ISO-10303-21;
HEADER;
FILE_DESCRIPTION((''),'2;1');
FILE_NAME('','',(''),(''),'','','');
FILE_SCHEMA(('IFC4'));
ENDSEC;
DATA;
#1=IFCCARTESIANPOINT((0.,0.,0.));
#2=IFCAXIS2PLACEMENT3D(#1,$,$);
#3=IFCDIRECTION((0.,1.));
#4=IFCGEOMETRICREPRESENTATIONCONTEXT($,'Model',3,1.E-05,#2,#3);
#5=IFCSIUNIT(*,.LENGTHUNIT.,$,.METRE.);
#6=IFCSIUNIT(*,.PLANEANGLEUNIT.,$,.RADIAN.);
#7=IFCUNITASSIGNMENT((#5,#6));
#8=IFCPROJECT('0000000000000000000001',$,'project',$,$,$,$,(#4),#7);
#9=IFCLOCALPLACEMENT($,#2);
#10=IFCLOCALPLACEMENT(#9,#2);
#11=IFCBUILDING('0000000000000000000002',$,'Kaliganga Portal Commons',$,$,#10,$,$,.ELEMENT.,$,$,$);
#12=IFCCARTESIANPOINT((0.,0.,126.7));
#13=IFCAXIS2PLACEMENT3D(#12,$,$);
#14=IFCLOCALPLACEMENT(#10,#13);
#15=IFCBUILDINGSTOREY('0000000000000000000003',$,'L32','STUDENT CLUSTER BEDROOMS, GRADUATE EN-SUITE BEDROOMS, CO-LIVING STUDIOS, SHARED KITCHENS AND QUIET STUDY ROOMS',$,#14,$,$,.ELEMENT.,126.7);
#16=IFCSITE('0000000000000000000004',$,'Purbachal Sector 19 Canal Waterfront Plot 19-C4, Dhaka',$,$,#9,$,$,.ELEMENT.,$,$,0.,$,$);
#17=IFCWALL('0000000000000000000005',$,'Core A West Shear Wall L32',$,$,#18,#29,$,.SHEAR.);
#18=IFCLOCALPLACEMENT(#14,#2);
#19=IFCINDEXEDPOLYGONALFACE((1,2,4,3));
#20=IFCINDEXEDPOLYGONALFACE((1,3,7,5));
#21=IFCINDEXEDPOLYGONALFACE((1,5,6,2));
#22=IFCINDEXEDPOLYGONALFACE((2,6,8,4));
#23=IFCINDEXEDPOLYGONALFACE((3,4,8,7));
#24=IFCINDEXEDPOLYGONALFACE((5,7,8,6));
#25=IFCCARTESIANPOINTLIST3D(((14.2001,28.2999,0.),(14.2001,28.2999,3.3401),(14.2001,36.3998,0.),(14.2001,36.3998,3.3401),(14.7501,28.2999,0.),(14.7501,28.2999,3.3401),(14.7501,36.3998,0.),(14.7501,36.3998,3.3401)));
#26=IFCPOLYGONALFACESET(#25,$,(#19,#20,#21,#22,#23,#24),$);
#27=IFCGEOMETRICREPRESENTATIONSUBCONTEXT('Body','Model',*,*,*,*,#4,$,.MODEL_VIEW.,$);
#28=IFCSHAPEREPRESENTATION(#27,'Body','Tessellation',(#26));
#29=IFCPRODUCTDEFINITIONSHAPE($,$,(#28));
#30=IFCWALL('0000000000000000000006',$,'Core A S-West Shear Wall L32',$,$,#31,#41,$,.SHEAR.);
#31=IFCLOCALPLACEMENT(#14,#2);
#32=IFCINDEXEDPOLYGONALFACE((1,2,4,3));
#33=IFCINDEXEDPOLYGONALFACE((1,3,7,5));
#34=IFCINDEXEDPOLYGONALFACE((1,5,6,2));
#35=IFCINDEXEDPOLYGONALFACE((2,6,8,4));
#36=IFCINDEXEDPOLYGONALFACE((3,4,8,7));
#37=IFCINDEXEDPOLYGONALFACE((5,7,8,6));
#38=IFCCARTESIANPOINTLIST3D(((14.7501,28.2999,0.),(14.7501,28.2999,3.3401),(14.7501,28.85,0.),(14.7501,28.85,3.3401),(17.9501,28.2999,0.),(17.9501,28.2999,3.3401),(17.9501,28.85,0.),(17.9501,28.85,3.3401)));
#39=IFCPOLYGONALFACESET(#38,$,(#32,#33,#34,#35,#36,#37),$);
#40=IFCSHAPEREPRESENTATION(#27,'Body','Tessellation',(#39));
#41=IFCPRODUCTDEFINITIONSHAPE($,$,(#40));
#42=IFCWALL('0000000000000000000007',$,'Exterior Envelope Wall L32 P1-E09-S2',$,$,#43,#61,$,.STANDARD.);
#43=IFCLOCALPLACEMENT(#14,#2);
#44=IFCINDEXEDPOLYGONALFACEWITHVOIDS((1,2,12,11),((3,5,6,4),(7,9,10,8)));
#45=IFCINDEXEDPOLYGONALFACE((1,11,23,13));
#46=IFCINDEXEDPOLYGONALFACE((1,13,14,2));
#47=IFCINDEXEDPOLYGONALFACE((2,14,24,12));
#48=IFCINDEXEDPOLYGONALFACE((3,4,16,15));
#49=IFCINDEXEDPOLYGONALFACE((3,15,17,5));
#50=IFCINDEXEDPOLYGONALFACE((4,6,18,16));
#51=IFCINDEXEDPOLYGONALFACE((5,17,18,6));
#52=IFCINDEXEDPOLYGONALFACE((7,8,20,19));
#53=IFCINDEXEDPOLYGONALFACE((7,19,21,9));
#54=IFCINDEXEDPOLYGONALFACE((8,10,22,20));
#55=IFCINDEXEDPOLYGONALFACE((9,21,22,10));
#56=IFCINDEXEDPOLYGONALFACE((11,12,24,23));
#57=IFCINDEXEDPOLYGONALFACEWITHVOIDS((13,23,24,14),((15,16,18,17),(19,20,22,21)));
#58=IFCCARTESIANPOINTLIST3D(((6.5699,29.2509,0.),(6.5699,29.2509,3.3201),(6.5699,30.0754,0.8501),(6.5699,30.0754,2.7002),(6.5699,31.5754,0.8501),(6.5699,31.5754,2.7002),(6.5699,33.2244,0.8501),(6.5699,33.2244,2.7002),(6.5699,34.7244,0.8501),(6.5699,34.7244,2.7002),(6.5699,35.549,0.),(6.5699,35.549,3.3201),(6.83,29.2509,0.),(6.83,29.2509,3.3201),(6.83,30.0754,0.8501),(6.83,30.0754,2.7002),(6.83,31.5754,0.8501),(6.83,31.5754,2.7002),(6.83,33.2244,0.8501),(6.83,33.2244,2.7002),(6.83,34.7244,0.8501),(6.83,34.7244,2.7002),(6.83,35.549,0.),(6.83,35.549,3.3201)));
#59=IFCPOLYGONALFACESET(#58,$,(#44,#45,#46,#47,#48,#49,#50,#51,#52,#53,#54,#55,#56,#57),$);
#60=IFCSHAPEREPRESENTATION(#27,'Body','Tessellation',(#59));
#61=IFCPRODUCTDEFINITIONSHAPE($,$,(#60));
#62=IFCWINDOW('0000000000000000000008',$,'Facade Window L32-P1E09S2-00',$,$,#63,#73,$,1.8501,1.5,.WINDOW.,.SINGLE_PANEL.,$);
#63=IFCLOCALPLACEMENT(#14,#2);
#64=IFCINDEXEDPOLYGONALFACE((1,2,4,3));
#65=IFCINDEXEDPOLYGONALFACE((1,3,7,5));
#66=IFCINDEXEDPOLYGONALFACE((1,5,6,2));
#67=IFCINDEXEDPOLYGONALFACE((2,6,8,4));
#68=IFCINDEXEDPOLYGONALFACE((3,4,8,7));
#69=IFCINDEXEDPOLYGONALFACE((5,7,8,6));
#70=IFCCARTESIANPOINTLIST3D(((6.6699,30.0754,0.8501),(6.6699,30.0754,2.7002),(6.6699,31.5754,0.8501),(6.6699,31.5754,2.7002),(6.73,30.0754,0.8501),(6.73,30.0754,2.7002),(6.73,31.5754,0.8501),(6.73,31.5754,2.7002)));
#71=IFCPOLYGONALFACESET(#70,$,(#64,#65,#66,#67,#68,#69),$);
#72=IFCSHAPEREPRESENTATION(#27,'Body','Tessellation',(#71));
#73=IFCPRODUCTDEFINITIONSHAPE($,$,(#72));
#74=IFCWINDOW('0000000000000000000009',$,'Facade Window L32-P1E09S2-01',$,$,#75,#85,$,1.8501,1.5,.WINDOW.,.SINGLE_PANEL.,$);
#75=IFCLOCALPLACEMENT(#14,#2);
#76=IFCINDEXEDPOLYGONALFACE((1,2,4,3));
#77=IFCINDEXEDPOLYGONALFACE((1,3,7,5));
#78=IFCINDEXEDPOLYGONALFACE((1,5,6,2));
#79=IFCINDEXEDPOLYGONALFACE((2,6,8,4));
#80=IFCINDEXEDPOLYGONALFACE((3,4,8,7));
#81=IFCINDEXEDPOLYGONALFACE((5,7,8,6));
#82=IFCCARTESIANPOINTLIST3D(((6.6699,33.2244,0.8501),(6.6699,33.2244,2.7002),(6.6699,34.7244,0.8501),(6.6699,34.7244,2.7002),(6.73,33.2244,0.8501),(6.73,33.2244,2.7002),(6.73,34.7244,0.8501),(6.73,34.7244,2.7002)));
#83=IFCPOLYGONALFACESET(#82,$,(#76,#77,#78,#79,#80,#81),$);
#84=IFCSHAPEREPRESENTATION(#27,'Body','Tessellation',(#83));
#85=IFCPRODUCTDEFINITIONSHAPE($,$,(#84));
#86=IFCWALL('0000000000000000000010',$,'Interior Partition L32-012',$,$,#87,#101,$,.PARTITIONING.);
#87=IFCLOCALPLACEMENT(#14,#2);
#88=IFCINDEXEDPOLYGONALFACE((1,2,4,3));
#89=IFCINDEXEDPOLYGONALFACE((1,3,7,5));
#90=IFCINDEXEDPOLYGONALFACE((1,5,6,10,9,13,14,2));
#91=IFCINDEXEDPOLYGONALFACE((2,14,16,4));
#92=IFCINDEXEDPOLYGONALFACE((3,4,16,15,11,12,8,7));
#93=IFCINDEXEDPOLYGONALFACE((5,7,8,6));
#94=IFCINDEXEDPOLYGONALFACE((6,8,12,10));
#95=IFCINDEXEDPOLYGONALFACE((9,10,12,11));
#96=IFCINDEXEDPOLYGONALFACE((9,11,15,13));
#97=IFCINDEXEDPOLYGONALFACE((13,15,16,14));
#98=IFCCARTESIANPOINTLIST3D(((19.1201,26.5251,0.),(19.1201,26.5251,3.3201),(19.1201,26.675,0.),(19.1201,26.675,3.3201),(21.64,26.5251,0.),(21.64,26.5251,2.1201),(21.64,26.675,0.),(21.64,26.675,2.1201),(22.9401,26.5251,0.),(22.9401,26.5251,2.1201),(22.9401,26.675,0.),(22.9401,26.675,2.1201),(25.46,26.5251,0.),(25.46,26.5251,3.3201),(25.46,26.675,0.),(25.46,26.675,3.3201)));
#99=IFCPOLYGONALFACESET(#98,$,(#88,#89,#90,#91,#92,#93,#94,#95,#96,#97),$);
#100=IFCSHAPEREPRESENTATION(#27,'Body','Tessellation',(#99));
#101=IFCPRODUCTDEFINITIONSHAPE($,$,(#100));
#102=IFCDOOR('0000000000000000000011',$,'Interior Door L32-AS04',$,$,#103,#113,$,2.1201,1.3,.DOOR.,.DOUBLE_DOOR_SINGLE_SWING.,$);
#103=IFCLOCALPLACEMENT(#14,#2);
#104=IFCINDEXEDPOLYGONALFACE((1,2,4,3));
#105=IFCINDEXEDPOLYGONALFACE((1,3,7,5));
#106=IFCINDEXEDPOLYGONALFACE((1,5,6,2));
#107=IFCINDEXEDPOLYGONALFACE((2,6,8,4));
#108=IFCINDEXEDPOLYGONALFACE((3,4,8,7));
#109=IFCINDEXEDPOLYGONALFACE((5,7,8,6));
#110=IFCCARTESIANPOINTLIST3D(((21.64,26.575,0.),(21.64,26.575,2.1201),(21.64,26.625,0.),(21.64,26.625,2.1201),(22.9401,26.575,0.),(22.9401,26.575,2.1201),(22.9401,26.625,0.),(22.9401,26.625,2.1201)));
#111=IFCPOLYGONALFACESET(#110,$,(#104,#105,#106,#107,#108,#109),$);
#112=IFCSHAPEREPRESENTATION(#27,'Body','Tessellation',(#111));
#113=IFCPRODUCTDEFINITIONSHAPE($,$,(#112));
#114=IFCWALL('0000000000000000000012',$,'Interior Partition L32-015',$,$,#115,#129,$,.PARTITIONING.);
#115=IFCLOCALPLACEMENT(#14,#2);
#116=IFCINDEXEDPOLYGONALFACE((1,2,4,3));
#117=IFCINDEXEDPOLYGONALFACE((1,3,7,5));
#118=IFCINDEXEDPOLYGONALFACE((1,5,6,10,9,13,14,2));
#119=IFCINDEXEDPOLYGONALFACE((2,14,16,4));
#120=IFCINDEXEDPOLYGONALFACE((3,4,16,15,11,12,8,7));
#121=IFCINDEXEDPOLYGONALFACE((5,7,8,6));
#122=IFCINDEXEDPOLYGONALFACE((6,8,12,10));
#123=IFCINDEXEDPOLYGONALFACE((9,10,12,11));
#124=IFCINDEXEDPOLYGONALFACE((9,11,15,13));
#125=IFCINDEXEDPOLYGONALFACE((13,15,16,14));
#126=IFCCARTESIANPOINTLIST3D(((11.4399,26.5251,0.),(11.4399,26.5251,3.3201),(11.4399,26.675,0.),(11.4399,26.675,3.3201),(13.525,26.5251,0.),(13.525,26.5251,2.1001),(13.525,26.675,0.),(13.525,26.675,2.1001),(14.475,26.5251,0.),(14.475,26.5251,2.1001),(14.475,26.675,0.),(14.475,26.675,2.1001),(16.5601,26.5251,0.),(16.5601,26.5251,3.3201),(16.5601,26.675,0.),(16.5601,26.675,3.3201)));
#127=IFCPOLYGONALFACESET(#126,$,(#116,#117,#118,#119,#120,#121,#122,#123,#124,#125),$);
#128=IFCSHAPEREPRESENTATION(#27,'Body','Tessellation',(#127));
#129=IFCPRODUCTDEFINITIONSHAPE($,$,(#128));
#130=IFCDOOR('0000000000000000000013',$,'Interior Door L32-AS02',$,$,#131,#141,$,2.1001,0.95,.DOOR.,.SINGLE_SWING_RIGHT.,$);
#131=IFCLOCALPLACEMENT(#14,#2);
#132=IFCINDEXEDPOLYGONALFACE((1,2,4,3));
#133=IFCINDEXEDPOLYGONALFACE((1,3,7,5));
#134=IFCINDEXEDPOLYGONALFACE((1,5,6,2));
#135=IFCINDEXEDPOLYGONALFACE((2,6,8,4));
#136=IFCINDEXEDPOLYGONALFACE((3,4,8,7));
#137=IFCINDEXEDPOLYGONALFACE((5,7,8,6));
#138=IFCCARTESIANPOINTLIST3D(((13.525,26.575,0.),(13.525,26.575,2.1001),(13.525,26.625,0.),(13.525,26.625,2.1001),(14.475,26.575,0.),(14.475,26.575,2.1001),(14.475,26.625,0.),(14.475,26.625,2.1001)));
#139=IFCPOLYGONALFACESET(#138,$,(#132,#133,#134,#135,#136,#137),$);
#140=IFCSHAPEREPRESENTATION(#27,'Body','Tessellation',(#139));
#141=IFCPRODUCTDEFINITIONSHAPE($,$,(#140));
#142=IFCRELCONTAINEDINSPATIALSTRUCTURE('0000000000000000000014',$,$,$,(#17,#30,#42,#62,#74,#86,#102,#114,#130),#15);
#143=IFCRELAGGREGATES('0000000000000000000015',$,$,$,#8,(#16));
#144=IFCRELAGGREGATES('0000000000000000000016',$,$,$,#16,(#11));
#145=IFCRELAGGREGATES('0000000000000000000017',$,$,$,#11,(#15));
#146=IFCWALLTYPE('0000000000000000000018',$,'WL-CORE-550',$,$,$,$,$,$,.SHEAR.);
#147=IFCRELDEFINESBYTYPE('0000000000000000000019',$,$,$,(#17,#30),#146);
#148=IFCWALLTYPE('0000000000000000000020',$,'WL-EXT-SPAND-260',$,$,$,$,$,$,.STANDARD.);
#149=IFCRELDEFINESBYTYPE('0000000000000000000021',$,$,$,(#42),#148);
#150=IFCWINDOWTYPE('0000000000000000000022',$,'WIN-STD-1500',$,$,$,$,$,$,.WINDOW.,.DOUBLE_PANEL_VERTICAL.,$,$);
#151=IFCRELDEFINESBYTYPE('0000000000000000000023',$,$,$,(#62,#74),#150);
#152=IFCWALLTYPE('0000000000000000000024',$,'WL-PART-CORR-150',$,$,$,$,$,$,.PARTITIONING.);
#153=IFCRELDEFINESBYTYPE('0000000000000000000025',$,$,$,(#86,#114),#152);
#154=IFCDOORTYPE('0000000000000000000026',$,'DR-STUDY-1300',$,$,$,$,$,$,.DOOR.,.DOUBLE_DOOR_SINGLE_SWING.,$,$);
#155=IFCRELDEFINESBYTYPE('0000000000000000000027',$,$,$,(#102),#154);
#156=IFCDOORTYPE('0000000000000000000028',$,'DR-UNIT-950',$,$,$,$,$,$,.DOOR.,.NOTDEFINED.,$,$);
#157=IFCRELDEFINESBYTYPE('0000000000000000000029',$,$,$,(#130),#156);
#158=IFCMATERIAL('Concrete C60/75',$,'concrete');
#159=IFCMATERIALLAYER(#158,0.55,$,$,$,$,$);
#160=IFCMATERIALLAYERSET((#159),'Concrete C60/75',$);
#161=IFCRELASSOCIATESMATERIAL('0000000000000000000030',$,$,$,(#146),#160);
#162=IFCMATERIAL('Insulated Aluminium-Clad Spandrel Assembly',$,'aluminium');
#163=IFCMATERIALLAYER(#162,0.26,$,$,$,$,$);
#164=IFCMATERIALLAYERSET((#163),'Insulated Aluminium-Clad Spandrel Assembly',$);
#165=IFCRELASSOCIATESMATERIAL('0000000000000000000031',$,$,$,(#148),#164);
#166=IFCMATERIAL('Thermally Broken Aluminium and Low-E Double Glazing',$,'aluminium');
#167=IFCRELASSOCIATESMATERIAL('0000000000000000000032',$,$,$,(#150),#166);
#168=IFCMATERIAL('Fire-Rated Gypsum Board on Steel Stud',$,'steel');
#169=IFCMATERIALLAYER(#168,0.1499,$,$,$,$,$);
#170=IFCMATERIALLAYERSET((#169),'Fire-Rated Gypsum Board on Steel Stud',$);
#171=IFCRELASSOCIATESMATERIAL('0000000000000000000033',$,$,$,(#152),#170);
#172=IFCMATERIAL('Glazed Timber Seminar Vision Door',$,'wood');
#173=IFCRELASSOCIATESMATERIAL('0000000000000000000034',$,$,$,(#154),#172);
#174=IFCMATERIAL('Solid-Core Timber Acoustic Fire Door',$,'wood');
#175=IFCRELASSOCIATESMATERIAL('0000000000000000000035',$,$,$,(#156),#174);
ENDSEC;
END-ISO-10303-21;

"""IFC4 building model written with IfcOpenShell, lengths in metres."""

from ifc_helpers import new_model, si_unit, direction, frame, frame_2d, origin, place, context, subcontext, project, spatial, rectangle, extrude, material, layer, layer_set, type_object, element, fill, save


model = new_model("IFC4")

# Units and contexts
model_context = context("Model", 3, precision=1e-05, world=origin(), true_north=direction((0.0, 1.0)))
body_context = subcontext(model_context, "Body", "Model", "MODEL_VIEW")
ifc_project = project(units=[si_unit("LENGTHUNIT", "METRE"), si_unit("PLANEANGLEUNIT", "RADIAN")], contexts=[model_context])

# Site, building, storey
site_placement = place(None, origin())
site = spatial("IfcSite", under=ifc_project, at=site_placement, Name="Purbachal Sector 19 Canal Waterfront Plot 19-C4, Dhaka", CompositionType="ELEMENT", RefElevation=0.0)
building_placement = place(site_placement, origin())
building = spatial("IfcBuilding", under=site, at=building_placement, Name="Kaliganga Portal Commons", CompositionType="ELEMENT")
storey_placement = place(building_placement, frame((0.0, 0.0, 126.7)))
storey = spatial("IfcBuildingStorey", under=building, at=storey_placement, Name="L32", Description="STUDENT CLUSTER BEDROOMS, GRADUATE EN-SUITE BEDROOMS, CO-LIVING STUDIOS, SHARED KITCHENS AND QUIET STUDY ROOMS", CompositionType="ELEMENT", Elevation=126.7)

# Shared definitions
ifc_material_1 = material(Name="Concrete C60/75", Category="concrete")

# Walls
ifc_layer_1 = layer(ifc_material_1, 0.55)
ifc_layer_set_1 = layer_set([ifc_layer_1], Name="Concrete C60/75")
wall_type_1 = type_object("IfcWallType", Name="WL-CORE-550", PredefinedType="SHEAR", material=ifc_layer_set_1)
wall_1_placement = place(storey_placement, frame((14.4751, 28.3, 0.0), z_axis=(0.0, 0.0, 1.0), x_axis=(0.0, 1.0, 0.0)))
element("IfcWall", 1, at=wall_1_placement, inside=storey, type_object=wall_type_1, Name="Core A West Shear Wall L32", PredefinedType="SHEAR", context=body_context, shape_type="SweptSolid", body=[
    extrude(rectangle(XDim=8.0999, YDim=0.55, at=frame_2d((4.0498, 0.0))), origin(), (0.0, 0.0, 1.0), 3.3401),
])
wall_2_placement = place(storey_placement, frame((14.75, 28.575, 0.0), z_axis=(0.0, 0.0, 1.0), x_axis=(1.0, 0.0, 0.0)))
element("IfcWall", 2, at=wall_2_placement, inside=storey, type_object=wall_type_1, Name="Core A S-West Shear Wall L32", PredefinedType="SHEAR", context=body_context, shape_type="SweptSolid", body=[
    extrude(rectangle(XDim=3.2, YDim=0.55, at=frame_2d((1.6001, 0.0))), origin(), (0.0, 0.0, 1.0), 3.3401),
])

# Wall, openings, windows
ifc_material_2 = material(Name="Insulated Aluminium-Clad Spandrel Assembly", Category="aluminium")
ifc_layer_2 = layer(ifc_material_2, 0.26)
ifc_layer_set_2 = layer_set([ifc_layer_2], Name="Insulated Aluminium-Clad Spandrel Assembly")
wall_type_2 = type_object("IfcWallType", Name="WL-EXT-SPAND-260", PredefinedType="STANDARD", material=ifc_layer_set_2)
wall_3_placement = place(storey_placement, frame((6.7, 29.251, 0.0), z_axis=(0.0, 0.0, 1.0), x_axis=(0.0, 1.0, 0.0)))
wall_3 = element("IfcWall", 3, at=wall_3_placement, inside=storey, type_object=wall_type_2, Name="Exterior Envelope Wall L32 P1-E09-S2", PredefinedType="STANDARD", context=body_context, shape_type="SweptSolid", body=[
    extrude(rectangle(XDim=6.2981, YDim=0.26, at=frame_2d((3.1489, 0.0))), origin(), (0.0, 0.0, 1.0), 3.3201),
])
opening_1_placement = place(wall_3_placement, frame((0.8245, 0.0, 0.8501)))
opening_1 = element("IfcOpeningElement", 4, at=opening_1_placement, cuts=wall_3, PredefinedType="OPENING", context=body_context, shape_type="SweptSolid", body=[
    extrude(rectangle(XDim=1.5, YDim=1.8501, at=frame_2d((0.75, 0.925))), frame((0.0, 0.1401, 0.0), z_axis=(0.0, -1.0, 0.0), x_axis=(1.0, 0.0, 0.0)), (0.0, 0.0, 1.0), 0.28),
])
opening_2_placement = place(wall_3_placement, frame((3.9734, 0.0, 0.8501)))
opening_2 = element("IfcOpeningElement", 5, at=opening_2_placement, cuts=wall_3, PredefinedType="OPENING", context=body_context, shape_type="SweptSolid", body=[
    extrude(rectangle(XDim=1.5, YDim=1.8501, at=frame_2d((0.75, 0.925))), frame((0.0, 0.1401, 0.0), z_axis=(0.0, -1.0, 0.0), x_axis=(1.0, 0.0, 0.0)), (0.0, 0.0, 1.0), 0.28),
])
ifc_material_3 = material(Name="Thermally Broken Aluminium and Low-E Double Glazing", Category="aluminium")
window_type = type_object("IfcWindowType", Name="WIN-STD-1500", PartitioningType="DOUBLE_PANEL_VERTICAL", PredefinedType="WINDOW", material=ifc_material_3)
window_1_placement = place(opening_1_placement, origin())
window_1 = element("IfcWindow", 6, at=window_1_placement, inside=storey, type_object=window_type, Name="Facade Window L32-P1E09S2-00", OverallHeight=1.8501, OverallWidth=1.5, PartitioningType="SINGLE_PANEL", PredefinedType="WINDOW", context=body_context, shape_type="SweptSolid", body=[
    extrude(rectangle(XDim=1.5, YDim=1.8501, at=frame_2d((0.75, 0.925))), frame((0.0, 0.03, 0.0), z_axis=(0.0, -1.0, 0.0), x_axis=(1.0, 0.0, 0.0)), (0.0, 0.0, 1.0), 0.0601),
])
fill(opening_1, window_1)
window_2_placement = place(opening_2_placement, origin())
window_2 = element("IfcWindow", 7, at=window_2_placement, inside=storey, type_object=window_type, Name="Facade Window L32-P1E09S2-01", OverallHeight=1.8501, OverallWidth=1.5, PartitioningType="SINGLE_PANEL", PredefinedType="WINDOW", context=body_context, shape_type="SweptSolid", body=[
    extrude(rectangle(XDim=1.5, YDim=1.8501, at=frame_2d((0.75, 0.925))), frame((0.0, 0.03, 0.0), z_axis=(0.0, -1.0, 0.0), x_axis=(1.0, 0.0, 0.0)), (0.0, 0.0, 1.0), 0.0601),
])
fill(opening_2, window_2)

# Walls, openings, doors
ifc_material_4 = material(Name="Fire-Rated Gypsum Board on Steel Stud", Category="steel")
ifc_layer_3 = layer(ifc_material_4, 0.1499)
ifc_layer_set_3 = layer_set([ifc_layer_3], Name="Fire-Rated Gypsum Board on Steel Stud")
wall_type_3 = type_object("IfcWallType", Name="WL-PART-CORR-150", PredefinedType="PARTITIONING", material=ifc_layer_set_3)
wall_4_placement = place(storey_placement, frame((19.1201, 26.6001, 0.0), z_axis=(0.0, 0.0, 1.0), x_axis=(1.0, 0.0, 0.0)))
wall_4 = element("IfcWall", 8, at=wall_4_placement, inside=storey, type_object=wall_type_3, Name="Interior Partition L32-012", PredefinedType="PARTITIONING", context=body_context, shape_type="SweptSolid", body=[
    extrude(rectangle(XDim=6.3398, YDim=0.1499, at=frame_2d((3.1699, 0.0))), origin(), (0.0, 0.0, 1.0), 3.3201),
])
opening_3_placement = place(wall_4_placement, frame((2.52, 0.0, 0.0)))
opening_3 = element("IfcOpeningElement", 9, at=opening_3_placement, cuts=wall_4, PredefinedType="OPENING", context=body_context, shape_type="SweptSolid", body=[
    extrude(rectangle(XDim=1.3, YDim=2.1201, at=frame_2d((0.6499, 1.0601))), frame((0.0, 0.085, 0.0), z_axis=(0.0, -1.0, 0.0), x_axis=(1.0, 0.0, 0.0)), (0.0, 0.0, 1.0), 0.1699),
])
ifc_material_5 = material(Name="Glazed Timber Seminar Vision Door", Category="wood")
door_type_1 = type_object("IfcDoorType", Name="DR-STUDY-1300", OperationType="DOUBLE_DOOR_SINGLE_SWING", PredefinedType="DOOR", material=ifc_material_5)
door_1_placement = place(opening_3_placement, origin())
door_1 = element("IfcDoor", 10, at=door_1_placement, inside=storey, type_object=door_type_1, Name="Interior Door L32-AS04", OperationType="DOUBLE_DOOR_SINGLE_SWING", OverallHeight=2.1201, OverallWidth=1.3, PredefinedType="DOOR", context=body_context, shape_type="SweptSolid", body=[
    extrude(rectangle(XDim=1.3, YDim=2.1201, at=frame_2d((0.6499, 1.0601))), frame((0.0, 0.0249, 0.0), z_axis=(0.0, -1.0, 0.0), x_axis=(1.0, 0.0, 0.0)), (0.0, 0.0, 1.0), 0.05),
])
fill(opening_3, door_1)
wall_5_placement = place(storey_placement, frame((11.4399, 26.6001, 0.0), z_axis=(0.0, 0.0, 1.0), x_axis=(1.0, 0.0, 0.0)))
wall_5 = element("IfcWall", 11, at=wall_5_placement, inside=storey, type_object=wall_type_3, Name="Interior Partition L32-015", PredefinedType="PARTITIONING", context=body_context, shape_type="SweptSolid", body=[
    extrude(rectangle(XDim=5.1201, YDim=0.1499, at=frame_2d((2.5601, 0.0))), origin(), (0.0, 0.0, 1.0), 3.3201),
])
opening_4_placement = place(wall_5_placement, frame((2.085, 0.0, 0.0)))
opening_4 = element("IfcOpeningElement", 12, at=opening_4_placement, cuts=wall_5, PredefinedType="OPENING", context=body_context, shape_type="SweptSolid", body=[
    extrude(rectangle(XDim=0.95, YDim=2.1001, at=frame_2d((0.4751, 1.05))), frame((0.0, 0.085, 0.0), z_axis=(0.0, -1.0, 0.0), x_axis=(1.0, 0.0, 0.0)), (0.0, 0.0, 1.0), 0.1699),
])
ifc_material_6 = material(Name="Solid-Core Timber Acoustic Fire Door", Category="wood")
door_type_2 = type_object("IfcDoorType", Name="DR-UNIT-950", OperationType="NOTDEFINED", PredefinedType="DOOR", material=ifc_material_6)
door_2_placement = place(opening_4_placement, origin())
door_2 = element("IfcDoor", 13, at=door_2_placement, inside=storey, type_object=door_type_2, Name="Interior Door L32-AS02", OperationType="SINGLE_SWING_RIGHT", OverallHeight=2.1001, OverallWidth=0.95, PredefinedType="DOOR", context=body_context, shape_type="SweptSolid", body=[
    extrude(rectangle(XDim=0.95, YDim=2.1001, at=frame_2d((0.4751, 1.05))), frame((0.0, 0.0249, 0.0), z_axis=(0.0, -1.0, 0.0), x_axis=(1.0, 0.0, 0.0)), (0.0, 0.0, 1.0), 0.05),
])
fill(opening_4, door_2)

save(model, "model.ifc")
